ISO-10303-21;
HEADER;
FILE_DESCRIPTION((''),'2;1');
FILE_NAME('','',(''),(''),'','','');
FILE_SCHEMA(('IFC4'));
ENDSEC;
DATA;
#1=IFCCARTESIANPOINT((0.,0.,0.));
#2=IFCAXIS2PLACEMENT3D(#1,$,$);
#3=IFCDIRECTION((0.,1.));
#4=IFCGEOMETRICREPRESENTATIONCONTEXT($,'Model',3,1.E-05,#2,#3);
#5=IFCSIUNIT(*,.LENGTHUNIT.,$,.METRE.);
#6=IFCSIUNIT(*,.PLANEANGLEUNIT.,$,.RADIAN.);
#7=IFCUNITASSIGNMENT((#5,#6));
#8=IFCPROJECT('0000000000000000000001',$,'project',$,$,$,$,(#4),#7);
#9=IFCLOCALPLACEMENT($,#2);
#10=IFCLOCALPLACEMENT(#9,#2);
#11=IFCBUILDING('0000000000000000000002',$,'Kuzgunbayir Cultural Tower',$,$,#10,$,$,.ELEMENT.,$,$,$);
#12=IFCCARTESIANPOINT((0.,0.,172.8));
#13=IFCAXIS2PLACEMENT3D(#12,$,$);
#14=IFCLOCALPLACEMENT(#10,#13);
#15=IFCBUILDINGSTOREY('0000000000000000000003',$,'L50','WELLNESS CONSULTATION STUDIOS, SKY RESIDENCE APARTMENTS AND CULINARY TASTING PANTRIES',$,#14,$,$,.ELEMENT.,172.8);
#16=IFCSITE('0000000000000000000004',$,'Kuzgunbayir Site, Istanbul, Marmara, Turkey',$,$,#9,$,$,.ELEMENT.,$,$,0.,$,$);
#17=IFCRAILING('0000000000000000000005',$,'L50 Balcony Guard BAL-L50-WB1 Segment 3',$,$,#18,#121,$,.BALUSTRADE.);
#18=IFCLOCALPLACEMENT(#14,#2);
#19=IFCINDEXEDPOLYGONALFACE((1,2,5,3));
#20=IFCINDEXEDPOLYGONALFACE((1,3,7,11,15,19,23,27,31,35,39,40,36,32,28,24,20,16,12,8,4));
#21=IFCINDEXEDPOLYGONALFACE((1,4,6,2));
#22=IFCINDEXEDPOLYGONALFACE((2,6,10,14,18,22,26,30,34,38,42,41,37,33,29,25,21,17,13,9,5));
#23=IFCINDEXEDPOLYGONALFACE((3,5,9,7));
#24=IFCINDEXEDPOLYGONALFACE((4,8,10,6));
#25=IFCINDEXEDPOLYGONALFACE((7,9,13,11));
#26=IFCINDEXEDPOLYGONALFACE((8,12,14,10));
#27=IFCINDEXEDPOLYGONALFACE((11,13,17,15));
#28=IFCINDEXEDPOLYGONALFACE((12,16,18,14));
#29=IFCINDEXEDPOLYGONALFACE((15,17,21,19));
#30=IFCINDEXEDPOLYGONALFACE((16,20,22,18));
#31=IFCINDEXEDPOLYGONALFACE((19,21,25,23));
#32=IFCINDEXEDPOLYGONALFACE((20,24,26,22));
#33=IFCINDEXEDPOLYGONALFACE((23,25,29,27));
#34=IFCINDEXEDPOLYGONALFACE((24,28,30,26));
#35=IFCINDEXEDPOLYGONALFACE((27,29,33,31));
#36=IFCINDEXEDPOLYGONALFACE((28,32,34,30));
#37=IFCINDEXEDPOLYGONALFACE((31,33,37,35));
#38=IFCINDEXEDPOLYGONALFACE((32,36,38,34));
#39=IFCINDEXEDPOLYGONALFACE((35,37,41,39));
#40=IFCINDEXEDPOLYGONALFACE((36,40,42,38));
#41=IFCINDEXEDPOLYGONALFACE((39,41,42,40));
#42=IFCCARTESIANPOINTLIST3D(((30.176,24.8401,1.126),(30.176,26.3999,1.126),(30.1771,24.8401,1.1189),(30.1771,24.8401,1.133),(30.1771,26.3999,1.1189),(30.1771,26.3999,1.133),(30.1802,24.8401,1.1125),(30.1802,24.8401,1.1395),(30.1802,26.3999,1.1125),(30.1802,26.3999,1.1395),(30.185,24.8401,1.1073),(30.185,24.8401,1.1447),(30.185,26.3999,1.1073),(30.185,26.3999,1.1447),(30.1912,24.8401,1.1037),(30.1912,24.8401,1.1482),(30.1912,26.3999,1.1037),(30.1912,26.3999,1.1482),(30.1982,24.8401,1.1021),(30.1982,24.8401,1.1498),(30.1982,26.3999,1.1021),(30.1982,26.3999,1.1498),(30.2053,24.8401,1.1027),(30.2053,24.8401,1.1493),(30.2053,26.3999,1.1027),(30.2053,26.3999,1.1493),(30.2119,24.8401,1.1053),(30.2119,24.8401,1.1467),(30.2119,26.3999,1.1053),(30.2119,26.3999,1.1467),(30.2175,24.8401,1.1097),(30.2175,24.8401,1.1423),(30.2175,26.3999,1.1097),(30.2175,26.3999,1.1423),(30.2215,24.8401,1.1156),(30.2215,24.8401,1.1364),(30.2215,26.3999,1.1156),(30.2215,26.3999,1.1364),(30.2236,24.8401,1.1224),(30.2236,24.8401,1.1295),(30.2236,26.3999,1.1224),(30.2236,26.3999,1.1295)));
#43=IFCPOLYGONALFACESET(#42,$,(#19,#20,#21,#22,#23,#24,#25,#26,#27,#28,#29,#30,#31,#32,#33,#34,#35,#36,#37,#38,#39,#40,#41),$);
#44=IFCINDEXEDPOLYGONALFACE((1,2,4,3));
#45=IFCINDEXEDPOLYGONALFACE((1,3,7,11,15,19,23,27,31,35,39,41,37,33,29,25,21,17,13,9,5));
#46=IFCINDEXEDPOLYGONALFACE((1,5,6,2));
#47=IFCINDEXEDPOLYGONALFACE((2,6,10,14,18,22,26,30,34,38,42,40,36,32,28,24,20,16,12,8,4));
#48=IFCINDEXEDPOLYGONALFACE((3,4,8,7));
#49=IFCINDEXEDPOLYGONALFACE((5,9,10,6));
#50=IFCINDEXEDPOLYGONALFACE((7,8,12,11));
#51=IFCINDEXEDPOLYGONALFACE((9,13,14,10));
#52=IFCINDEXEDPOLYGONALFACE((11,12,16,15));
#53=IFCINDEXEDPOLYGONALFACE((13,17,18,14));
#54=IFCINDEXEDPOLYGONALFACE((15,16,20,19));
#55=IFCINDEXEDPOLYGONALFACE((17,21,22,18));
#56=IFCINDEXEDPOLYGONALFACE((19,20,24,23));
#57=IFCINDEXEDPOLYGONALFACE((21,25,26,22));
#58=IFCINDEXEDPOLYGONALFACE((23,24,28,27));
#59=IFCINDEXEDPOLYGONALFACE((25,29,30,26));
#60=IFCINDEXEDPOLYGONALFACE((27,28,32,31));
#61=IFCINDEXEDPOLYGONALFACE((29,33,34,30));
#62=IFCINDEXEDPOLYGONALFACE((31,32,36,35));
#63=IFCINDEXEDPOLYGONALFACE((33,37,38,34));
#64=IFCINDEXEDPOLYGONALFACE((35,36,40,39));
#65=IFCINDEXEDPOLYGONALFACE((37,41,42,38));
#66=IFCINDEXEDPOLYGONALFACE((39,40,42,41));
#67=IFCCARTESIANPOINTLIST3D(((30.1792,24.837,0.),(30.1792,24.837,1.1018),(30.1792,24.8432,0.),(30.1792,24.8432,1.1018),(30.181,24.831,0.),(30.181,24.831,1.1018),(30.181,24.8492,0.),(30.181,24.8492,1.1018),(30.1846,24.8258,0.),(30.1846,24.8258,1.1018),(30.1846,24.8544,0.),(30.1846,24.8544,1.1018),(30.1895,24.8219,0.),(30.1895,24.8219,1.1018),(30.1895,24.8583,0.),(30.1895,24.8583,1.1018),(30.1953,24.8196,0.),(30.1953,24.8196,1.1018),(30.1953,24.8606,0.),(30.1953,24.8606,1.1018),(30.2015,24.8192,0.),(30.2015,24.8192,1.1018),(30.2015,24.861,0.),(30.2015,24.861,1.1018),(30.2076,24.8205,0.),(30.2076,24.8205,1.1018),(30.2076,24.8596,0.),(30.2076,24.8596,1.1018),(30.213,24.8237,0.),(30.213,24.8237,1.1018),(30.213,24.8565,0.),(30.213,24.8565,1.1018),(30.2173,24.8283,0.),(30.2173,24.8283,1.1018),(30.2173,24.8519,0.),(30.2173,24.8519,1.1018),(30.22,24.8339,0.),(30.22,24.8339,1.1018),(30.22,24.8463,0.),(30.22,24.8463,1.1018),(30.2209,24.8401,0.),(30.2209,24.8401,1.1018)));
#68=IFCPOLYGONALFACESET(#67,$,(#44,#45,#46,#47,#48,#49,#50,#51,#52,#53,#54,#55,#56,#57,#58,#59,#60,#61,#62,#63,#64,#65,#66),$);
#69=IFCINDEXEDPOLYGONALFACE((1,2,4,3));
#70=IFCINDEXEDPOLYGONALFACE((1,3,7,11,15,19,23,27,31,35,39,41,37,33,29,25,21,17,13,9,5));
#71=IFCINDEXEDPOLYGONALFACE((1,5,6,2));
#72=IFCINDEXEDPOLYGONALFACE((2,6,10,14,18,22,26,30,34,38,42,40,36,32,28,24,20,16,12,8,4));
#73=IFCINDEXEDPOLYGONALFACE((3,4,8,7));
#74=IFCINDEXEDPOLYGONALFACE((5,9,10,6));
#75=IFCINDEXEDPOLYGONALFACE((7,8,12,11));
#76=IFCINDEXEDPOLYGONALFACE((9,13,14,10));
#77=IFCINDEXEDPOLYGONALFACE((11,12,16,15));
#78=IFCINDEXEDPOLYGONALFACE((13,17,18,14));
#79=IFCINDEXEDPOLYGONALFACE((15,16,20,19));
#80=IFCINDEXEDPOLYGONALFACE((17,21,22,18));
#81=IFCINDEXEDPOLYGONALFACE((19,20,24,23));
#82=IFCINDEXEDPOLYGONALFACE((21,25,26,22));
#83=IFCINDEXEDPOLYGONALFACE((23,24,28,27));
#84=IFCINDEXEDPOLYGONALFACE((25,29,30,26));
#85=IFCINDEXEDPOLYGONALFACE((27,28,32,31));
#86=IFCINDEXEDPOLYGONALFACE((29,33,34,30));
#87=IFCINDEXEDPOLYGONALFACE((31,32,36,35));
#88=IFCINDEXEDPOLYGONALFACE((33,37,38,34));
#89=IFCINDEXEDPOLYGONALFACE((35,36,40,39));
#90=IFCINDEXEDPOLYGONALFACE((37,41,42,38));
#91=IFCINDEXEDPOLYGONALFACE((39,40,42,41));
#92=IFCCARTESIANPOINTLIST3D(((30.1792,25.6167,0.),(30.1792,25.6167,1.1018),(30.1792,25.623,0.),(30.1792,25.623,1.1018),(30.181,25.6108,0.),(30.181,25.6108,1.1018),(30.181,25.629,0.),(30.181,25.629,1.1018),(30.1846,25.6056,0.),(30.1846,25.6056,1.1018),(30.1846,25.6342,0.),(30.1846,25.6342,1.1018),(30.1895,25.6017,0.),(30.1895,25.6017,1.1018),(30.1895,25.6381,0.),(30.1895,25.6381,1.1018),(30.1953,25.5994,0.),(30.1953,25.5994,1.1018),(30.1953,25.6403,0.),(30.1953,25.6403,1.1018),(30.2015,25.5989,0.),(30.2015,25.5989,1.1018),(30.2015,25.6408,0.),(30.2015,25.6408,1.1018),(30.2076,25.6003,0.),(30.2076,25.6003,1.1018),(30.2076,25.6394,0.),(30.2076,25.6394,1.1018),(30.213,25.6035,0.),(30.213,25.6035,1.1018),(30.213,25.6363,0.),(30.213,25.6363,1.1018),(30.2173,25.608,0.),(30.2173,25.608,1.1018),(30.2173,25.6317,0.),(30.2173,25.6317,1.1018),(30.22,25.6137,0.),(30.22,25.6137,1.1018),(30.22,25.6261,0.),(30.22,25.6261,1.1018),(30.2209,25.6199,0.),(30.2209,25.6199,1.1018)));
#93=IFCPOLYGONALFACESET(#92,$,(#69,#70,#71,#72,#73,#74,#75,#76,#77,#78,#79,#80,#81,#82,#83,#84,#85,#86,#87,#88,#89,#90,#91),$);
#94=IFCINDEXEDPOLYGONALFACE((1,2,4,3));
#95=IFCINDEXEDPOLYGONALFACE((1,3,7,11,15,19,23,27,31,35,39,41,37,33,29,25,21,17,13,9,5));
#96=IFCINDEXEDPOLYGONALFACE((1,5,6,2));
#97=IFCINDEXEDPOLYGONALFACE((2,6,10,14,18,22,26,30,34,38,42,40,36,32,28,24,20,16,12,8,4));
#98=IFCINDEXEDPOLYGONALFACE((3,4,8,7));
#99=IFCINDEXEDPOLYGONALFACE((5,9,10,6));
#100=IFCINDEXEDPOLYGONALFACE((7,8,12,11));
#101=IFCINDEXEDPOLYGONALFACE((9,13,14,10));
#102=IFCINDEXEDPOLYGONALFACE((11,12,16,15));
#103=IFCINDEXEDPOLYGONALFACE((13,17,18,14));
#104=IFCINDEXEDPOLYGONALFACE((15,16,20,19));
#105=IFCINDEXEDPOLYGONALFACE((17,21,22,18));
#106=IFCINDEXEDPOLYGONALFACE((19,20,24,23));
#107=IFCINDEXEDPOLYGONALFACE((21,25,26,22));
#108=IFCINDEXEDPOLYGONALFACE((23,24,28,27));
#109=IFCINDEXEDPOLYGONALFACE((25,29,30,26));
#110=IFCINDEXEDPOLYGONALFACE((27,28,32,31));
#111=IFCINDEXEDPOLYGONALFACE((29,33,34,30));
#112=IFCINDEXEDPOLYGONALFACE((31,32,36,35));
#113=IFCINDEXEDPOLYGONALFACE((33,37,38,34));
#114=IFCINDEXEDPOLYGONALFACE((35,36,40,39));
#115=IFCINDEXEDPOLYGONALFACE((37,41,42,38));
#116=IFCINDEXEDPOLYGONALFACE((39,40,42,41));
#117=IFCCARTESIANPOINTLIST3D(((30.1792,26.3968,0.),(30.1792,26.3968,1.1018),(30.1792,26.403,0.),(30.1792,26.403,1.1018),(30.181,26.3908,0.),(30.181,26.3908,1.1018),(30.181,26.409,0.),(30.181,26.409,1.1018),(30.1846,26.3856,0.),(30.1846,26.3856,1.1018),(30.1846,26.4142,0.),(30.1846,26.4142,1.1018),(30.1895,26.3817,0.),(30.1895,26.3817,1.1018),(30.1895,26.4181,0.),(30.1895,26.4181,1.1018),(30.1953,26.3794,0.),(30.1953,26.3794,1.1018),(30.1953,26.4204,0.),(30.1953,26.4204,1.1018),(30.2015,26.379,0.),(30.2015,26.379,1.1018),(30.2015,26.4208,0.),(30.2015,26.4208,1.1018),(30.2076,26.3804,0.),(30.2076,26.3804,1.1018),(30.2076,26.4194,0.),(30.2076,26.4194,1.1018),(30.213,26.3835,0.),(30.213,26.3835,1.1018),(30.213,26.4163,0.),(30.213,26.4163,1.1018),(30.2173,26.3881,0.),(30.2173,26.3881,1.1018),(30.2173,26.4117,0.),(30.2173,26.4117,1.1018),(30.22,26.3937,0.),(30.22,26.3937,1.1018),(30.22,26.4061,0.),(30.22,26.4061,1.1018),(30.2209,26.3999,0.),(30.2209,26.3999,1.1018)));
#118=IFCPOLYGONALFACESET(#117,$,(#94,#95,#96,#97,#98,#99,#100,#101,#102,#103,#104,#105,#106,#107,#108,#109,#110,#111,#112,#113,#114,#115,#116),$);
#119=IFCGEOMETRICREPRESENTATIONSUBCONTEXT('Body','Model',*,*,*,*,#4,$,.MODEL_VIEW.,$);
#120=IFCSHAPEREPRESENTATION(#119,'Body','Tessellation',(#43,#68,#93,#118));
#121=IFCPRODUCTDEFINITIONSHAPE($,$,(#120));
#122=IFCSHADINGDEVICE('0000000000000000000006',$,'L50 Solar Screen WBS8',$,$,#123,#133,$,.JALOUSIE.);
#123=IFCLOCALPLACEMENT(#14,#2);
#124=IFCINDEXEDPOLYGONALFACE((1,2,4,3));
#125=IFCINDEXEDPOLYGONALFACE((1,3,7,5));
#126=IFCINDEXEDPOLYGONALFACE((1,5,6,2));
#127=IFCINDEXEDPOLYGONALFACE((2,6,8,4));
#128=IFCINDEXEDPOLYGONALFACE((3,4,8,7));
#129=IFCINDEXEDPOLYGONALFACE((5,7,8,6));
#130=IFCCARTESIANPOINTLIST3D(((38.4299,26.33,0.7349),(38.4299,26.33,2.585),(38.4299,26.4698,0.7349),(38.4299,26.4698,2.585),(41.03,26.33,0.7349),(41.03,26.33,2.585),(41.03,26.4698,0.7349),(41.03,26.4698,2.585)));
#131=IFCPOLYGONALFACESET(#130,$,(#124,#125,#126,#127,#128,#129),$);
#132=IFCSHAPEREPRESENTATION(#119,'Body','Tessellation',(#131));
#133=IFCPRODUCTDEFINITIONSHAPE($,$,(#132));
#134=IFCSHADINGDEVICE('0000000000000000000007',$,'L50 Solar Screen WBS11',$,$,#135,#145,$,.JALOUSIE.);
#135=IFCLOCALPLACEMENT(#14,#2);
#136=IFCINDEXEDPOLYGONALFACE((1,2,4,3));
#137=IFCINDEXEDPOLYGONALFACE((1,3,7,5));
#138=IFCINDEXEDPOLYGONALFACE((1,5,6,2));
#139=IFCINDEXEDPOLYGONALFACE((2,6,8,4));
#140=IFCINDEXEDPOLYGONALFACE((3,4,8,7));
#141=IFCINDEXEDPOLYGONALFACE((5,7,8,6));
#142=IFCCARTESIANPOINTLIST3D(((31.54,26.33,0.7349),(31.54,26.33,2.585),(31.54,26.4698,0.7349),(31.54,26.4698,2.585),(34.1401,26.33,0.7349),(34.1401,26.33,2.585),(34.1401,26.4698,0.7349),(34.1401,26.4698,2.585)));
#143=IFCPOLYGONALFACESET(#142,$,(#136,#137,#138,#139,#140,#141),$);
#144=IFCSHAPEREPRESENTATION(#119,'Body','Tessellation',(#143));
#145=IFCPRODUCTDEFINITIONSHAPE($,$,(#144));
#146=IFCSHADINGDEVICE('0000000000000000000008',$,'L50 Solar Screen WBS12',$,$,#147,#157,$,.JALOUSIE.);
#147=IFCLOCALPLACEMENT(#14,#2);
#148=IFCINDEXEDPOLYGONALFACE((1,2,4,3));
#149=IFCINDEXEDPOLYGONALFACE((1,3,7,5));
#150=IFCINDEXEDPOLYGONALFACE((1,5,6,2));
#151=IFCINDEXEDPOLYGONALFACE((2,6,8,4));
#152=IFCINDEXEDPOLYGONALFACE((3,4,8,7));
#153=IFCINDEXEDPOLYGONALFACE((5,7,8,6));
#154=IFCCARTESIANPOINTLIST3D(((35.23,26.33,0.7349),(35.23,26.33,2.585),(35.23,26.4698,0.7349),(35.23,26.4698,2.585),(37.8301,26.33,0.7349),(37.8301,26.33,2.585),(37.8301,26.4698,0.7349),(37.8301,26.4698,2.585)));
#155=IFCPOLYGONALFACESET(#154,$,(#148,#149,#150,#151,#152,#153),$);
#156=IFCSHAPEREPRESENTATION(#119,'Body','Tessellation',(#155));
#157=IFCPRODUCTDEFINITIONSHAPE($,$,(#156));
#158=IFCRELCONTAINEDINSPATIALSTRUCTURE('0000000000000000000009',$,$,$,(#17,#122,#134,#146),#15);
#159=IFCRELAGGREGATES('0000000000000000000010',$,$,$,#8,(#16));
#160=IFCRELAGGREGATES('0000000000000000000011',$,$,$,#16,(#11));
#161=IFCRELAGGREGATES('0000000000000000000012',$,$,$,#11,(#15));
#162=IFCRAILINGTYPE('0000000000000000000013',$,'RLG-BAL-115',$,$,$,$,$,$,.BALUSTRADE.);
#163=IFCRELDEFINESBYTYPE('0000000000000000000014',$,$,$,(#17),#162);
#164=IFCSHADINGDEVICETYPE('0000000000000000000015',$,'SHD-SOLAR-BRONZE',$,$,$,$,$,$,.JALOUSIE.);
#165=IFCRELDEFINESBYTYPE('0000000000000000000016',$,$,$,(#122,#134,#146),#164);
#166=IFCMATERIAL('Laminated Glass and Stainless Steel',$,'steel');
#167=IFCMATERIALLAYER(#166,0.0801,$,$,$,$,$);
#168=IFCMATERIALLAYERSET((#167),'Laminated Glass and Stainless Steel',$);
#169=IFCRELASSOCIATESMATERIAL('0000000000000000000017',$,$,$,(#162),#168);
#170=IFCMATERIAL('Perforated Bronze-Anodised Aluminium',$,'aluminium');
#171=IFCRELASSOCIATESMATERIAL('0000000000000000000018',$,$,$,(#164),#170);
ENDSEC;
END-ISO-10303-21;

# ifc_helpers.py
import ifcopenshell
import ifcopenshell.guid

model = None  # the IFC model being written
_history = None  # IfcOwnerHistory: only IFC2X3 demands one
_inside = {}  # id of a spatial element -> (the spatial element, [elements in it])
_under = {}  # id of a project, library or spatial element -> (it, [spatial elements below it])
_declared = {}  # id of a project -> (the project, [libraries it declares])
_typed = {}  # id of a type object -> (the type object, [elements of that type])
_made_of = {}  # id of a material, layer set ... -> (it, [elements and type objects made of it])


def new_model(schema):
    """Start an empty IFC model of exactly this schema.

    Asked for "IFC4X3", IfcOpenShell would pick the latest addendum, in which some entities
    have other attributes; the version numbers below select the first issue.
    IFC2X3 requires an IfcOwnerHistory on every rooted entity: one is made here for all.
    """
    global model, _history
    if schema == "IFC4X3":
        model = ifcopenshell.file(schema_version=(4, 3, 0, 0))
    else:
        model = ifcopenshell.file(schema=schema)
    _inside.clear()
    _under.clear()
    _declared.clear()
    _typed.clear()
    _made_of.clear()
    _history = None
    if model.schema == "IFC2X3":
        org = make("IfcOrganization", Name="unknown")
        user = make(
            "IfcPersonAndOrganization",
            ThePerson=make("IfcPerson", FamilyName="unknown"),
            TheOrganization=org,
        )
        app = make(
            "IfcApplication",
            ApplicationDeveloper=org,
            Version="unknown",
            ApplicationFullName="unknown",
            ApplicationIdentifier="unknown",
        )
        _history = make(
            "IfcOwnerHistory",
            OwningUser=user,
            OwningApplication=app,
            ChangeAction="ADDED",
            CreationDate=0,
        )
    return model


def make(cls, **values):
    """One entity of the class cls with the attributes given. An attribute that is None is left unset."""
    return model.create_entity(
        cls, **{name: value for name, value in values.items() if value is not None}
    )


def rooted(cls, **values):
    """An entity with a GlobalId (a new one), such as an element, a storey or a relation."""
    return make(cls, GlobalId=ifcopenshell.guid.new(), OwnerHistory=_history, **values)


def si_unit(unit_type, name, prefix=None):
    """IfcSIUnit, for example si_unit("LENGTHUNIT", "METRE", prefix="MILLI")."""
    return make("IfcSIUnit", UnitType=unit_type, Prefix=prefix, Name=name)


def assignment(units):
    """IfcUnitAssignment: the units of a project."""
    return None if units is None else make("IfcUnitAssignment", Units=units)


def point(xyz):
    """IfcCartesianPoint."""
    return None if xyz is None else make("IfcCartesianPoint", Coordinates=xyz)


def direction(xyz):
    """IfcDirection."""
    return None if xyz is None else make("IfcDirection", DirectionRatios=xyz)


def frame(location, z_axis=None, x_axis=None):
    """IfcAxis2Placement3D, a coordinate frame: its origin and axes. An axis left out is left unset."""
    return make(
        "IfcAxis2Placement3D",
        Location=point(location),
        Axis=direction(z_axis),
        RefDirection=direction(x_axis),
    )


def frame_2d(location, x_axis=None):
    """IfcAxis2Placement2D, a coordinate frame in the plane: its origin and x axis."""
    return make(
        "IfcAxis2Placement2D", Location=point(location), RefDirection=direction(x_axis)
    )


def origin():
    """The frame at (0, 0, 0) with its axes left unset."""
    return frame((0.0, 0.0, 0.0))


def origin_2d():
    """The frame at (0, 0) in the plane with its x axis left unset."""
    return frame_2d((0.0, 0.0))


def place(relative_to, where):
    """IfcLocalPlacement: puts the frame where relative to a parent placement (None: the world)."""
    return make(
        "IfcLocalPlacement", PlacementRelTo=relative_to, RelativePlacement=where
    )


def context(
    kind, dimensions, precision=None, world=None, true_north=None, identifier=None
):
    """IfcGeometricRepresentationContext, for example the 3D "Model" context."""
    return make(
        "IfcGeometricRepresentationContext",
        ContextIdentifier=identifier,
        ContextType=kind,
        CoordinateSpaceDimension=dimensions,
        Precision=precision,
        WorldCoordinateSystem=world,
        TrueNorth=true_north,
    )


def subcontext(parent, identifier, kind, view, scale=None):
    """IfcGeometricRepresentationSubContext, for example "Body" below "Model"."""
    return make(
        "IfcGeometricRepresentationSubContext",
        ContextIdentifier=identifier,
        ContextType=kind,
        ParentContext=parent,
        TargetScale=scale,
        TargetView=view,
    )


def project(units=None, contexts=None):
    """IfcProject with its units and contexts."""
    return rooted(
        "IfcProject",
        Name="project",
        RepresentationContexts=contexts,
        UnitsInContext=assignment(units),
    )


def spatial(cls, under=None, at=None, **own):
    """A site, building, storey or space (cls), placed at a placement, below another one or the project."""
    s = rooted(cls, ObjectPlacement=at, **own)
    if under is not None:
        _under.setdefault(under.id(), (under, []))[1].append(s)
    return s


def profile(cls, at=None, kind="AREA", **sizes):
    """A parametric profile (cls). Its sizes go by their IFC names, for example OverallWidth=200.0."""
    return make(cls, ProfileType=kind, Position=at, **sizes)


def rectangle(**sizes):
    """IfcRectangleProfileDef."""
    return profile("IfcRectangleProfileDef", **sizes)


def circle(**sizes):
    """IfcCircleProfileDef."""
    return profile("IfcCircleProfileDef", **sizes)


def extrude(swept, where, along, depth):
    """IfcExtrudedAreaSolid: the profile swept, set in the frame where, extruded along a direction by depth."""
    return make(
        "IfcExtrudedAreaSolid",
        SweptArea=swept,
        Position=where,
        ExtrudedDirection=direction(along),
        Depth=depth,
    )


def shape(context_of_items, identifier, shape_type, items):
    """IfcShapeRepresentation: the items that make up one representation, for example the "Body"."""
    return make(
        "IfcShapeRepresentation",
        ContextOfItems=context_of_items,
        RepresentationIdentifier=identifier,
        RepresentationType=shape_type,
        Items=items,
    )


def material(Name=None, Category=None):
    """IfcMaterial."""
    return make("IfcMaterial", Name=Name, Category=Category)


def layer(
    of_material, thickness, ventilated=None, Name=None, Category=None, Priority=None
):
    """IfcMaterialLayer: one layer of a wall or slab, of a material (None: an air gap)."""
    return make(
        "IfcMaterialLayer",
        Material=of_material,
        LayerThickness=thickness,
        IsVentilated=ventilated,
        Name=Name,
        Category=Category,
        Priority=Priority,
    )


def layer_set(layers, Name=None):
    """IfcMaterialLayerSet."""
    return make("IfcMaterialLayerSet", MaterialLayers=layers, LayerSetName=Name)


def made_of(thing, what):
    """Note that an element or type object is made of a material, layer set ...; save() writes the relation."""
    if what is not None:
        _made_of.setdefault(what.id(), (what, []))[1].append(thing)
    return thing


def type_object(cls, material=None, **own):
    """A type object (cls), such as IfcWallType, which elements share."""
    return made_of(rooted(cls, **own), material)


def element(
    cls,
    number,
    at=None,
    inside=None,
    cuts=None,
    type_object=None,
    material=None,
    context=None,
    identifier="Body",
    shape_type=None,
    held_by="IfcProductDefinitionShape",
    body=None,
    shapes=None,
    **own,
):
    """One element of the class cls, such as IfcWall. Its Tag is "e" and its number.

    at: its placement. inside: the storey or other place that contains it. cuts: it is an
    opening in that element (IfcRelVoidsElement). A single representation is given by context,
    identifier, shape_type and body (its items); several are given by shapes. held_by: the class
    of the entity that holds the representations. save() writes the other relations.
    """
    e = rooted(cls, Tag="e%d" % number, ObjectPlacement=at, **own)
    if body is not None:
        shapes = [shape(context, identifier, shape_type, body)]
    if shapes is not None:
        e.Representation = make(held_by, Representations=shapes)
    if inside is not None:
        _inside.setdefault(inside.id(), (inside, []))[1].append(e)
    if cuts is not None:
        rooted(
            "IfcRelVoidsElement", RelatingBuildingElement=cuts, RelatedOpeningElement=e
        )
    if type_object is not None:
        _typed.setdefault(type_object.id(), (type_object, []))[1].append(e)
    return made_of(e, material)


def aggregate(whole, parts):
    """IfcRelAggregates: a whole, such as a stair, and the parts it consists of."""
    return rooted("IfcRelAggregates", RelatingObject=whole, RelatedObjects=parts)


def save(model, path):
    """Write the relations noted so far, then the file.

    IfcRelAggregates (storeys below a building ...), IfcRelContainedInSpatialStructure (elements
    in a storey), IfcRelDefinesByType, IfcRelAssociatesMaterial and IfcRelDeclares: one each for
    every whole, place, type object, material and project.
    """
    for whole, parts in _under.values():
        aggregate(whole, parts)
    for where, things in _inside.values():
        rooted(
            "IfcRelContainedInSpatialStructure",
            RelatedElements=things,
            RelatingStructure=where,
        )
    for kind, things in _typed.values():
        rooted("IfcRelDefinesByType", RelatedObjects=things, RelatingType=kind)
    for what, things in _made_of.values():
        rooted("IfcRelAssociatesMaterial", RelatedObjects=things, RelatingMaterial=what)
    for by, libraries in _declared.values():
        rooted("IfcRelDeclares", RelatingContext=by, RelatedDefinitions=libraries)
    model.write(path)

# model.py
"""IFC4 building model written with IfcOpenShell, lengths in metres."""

from ifc_helpers import new_model, si_unit, direction, frame, origin, origin_2d, place, context, subcontext, project, spatial, rectangle, circle, extrude, material, layer, layer_set, type_object, element, save


model = new_model("IFC4")

# Units and contexts
model_context = context("Model", 3, precision=1e-05, world=origin(), true_north=direction((0.0, 1.0)))
body_context = subcontext(model_context, "Body", "Model", "MODEL_VIEW")
ifc_project = project(units=[si_unit("LENGTHUNIT", "METRE"), si_unit("PLANEANGLEUNIT", "RADIAN")], contexts=[model_context])

# Site, building, storey
site_placement = place(None, origin())
site = spatial("IfcSite", under=ifc_project, at=site_placement, Name="Kuzgunbayir Site, Istanbul, Marmara, Turkey", CompositionType="ELEMENT", RefElevation=0.0)
building_placement = place(site_placement, origin())
building = spatial("IfcBuilding", under=site, at=building_placement, Name="Kuzgunbayir Cultural Tower", CompositionType="ELEMENT")
storey_placement = place(building_placement, frame((0.0, 0.0, 172.8)))
storey = spatial("IfcBuildingStorey", under=building, at=storey_placement, Name="L50", Description="WELLNESS CONSULTATION STUDIOS, SKY RESIDENCE APARTMENTS AND CULINARY TASTING PANTRIES", CompositionType="ELEMENT", Elevation=172.8)

# Railing
ifc_material_1 = material(Name="Laminated Glass and Stainless Steel", Category="steel")
ifc_layer_1 = layer(ifc_material_1, 0.0801)
ifc_layer_set_1 = layer_set([ifc_layer_1], Name="Laminated Glass and Stainless Steel")
railing_type = type_object("IfcRailingType", Name="RLG-BAL-115", PredefinedType="BALUSTRADE", material=ifc_layer_set_1)
railing_1_placement = place(storey_placement, frame((30.2, 24.8401, 0.0)))
element("IfcRailing", 1, at=railing_1_placement, inside=storey, type_object=railing_type, Name="L50 Balcony Guard BAL-L50-WB1 Segment 3", PredefinedType="BALUSTRADE", context=body_context, shape_type="SweptSolid", body=[
    extrude(circle(Radius=0.0239, at=origin_2d()), frame((0.0, 0.0, 1.126), z_axis=(0.0, 1.0, 0.0), x_axis=(-1.0, 0.0, 0.0)), (0.0, 0.0, 1.0), 1.5598),
    extrude(circle(Radius=0.021, at=origin_2d()), origin(), (0.0, 0.0, 1.0), 1.1018),
    extrude(circle(Radius=0.021, at=origin_2d()), frame((0.0, 0.7798, 0.0)), (0.0, 0.0, 1.0), 1.1018),
    extrude(circle(Radius=0.021, at=origin_2d()), frame((0.0, 1.5598, 0.0)), (0.0, 0.0, 1.0), 1.1018),
])

# Shading devices
ifc_material_2 = material(Name="Perforated Bronze-Anodised Aluminium", Category="aluminium")
shading_device_type = type_object("IfcShadingDeviceType", Name="SHD-SOLAR-BRONZE", PredefinedType="JALOUSIE", material=ifc_material_2)
for number, where, z_axis, x_axis, name in (
    (2, (39.73, 26.3999, 0.7349), (0.0, 0.0, 1.0), (1.0, 0.0, 0.0), "L50 Solar Screen WBS8"),
    (3, (32.8401, 26.3999, 0.7349), (0.0, 0.0, 1.0), (1.0, 0.0, 0.0), "L50 Solar Screen WBS11"),
    (4, (36.53, 26.3999, 0.7349), (0.0, 0.0, 1.0), (1.0, 0.0, 0.0), "L50 Solar Screen WBS12"),
):
    element("IfcShadingDevice", number, at=place(storey_placement, frame(where, z_axis=z_axis, x_axis=x_axis)), inside=storey, type_object=shading_device_type, Name=name, PredefinedType="JALOUSIE", context=body_context, shape_type="SweptSolid", body=[
        extrude(rectangle(XDim=2.6001, YDim=0.1399, at=origin_2d()), origin(), (0.0, 0.0, 1.0), 1.8501),
    ])

save(model, "model.ifc")
